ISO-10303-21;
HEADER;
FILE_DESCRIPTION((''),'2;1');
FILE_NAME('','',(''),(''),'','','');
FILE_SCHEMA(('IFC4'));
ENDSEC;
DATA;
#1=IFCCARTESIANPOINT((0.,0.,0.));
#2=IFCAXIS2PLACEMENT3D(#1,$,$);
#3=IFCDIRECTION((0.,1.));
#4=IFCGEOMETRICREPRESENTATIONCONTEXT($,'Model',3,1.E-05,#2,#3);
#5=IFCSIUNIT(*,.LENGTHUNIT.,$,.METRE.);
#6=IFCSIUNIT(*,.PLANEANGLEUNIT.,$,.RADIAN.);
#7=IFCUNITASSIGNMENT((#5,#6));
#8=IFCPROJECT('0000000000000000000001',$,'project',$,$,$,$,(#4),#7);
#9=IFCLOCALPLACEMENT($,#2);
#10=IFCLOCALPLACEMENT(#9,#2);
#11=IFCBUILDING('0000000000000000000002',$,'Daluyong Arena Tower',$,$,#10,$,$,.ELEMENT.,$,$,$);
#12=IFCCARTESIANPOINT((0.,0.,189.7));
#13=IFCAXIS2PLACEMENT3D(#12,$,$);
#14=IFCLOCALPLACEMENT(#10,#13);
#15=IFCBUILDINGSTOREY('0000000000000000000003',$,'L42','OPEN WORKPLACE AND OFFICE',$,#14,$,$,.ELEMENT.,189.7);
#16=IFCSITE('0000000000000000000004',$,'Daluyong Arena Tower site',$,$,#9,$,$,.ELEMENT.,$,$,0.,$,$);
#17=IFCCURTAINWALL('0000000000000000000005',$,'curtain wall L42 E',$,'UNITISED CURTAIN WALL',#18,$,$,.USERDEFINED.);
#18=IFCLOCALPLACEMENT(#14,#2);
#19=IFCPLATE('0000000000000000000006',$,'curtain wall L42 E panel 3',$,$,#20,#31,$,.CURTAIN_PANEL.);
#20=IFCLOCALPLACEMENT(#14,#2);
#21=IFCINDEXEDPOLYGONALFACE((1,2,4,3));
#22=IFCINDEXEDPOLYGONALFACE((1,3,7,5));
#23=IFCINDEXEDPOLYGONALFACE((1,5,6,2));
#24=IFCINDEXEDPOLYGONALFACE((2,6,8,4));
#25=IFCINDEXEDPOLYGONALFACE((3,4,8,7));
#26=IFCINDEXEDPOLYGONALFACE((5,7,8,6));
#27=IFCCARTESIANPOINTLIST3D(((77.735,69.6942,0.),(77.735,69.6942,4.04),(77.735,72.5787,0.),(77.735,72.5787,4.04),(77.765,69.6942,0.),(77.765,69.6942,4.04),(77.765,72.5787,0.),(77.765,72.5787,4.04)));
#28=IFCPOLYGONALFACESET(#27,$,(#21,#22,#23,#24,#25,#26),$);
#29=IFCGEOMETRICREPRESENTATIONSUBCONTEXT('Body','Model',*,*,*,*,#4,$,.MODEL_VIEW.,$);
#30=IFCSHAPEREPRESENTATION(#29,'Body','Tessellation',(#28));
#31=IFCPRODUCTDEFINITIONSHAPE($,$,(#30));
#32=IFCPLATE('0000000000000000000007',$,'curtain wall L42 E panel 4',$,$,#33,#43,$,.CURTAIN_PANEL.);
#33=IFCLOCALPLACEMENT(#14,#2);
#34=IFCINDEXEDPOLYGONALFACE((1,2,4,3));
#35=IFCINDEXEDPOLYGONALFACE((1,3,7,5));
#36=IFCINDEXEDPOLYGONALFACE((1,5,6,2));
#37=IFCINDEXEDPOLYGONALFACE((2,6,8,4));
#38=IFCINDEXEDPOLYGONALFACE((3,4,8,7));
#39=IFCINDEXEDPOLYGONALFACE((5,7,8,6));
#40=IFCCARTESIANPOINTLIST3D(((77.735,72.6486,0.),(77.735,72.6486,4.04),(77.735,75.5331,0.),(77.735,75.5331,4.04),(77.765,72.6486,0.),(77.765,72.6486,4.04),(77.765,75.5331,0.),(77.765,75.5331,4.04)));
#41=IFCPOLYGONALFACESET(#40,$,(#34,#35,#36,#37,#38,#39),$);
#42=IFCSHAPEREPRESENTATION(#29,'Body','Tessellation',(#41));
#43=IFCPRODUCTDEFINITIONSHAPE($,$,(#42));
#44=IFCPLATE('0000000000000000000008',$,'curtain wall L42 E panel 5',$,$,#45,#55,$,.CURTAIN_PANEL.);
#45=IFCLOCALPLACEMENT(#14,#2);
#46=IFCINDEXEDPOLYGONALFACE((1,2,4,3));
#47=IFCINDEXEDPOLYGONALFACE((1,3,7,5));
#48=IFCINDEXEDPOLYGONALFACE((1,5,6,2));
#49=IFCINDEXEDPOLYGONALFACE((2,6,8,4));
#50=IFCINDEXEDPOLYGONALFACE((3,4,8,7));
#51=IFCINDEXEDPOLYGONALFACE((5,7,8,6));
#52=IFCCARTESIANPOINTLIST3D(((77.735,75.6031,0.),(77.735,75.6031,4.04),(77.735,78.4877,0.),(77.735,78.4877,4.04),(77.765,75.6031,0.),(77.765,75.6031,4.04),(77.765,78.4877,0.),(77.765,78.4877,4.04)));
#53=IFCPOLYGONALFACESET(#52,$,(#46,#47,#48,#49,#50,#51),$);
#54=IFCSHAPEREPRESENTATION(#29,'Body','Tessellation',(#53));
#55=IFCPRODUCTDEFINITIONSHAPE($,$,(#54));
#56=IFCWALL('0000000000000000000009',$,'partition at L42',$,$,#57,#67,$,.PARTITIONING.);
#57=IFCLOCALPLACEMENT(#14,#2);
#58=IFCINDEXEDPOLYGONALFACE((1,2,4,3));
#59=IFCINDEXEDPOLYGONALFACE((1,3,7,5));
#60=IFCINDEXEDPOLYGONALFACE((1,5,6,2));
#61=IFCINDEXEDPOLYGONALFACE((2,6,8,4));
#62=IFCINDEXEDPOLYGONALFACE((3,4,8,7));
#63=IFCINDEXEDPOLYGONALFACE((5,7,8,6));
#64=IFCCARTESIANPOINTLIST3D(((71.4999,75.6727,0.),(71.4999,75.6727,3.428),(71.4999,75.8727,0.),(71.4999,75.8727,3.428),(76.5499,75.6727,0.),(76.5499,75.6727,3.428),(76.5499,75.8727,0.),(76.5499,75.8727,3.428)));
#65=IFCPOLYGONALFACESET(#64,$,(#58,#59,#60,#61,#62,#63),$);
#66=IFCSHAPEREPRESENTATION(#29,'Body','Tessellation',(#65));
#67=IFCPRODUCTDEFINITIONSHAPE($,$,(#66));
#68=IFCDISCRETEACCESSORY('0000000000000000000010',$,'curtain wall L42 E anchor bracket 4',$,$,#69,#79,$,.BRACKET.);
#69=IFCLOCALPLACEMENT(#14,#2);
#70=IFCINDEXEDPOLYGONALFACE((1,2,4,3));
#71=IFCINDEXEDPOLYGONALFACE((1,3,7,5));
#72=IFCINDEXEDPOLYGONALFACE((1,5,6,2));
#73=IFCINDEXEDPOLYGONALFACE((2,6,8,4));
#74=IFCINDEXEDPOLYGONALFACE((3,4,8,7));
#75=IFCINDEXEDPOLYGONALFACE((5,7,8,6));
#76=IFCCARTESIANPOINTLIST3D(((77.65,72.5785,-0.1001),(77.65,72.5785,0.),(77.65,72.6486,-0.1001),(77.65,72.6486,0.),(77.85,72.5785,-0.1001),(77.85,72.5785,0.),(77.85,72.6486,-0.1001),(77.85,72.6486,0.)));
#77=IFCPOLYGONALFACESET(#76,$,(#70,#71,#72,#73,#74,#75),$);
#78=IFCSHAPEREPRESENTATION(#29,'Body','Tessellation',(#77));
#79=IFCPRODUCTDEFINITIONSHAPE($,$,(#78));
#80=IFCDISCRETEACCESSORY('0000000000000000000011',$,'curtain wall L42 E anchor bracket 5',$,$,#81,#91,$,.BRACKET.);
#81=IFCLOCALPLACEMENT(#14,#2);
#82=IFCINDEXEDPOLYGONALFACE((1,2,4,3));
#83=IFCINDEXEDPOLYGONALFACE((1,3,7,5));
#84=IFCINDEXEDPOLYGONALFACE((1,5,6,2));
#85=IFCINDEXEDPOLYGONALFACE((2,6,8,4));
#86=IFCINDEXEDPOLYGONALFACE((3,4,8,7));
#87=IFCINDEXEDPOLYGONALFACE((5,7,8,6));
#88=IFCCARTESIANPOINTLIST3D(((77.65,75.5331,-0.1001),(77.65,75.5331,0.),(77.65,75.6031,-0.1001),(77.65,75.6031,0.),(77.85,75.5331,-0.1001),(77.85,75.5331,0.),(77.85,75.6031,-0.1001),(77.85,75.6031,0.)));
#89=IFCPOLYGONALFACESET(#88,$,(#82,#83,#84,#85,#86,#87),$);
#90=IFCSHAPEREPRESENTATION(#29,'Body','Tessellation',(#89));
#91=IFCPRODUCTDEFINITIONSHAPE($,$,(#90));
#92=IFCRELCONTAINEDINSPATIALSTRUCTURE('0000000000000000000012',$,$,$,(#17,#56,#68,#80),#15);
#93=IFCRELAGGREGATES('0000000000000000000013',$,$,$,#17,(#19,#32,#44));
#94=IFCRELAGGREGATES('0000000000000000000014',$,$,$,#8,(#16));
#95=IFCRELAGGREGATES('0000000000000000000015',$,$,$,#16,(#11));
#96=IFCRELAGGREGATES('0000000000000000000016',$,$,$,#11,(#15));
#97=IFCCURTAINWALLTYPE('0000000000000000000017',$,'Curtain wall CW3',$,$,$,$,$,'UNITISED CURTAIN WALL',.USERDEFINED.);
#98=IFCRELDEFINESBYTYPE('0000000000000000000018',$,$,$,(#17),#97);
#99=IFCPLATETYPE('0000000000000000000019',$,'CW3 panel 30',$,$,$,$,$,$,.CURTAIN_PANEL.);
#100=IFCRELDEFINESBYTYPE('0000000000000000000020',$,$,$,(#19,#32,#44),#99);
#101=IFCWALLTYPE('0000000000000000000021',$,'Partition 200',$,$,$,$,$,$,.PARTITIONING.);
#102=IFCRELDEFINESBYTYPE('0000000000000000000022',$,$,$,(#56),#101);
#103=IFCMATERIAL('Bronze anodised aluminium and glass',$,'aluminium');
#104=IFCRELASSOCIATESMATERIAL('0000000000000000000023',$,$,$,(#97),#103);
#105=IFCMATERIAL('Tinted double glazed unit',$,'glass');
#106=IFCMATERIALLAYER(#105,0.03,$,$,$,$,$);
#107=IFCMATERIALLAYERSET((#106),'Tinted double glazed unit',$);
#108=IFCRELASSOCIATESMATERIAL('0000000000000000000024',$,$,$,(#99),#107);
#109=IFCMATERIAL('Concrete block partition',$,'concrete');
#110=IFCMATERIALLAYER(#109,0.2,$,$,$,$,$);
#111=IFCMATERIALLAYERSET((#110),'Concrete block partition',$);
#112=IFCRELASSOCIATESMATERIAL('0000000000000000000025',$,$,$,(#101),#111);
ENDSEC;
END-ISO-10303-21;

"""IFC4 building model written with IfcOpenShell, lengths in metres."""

from ifc_helpers import new_model, si_unit, direction, frame, frame_2d, origin, origin_2d, place, context, subcontext, project, spatial, rectangle, extrude, material, layer, layer_set, type_object, element, aggregate, save


model = new_model("IFC4")

# Units and contexts
model_context = context("Model", 3, precision=1e-05, world=origin(), true_north=direction((0.0, 1.0)))
body_context = subcontext(model_context, "Body", "Model", "MODEL_VIEW")
ifc_project = project(units=[si_unit("LENGTHUNIT", "METRE"), si_unit("PLANEANGLEUNIT", "RADIAN")], contexts=[model_context])

# Site, building, storey
site_placement = place(None, origin())
site = spatial("IfcSite", under=ifc_project, at=site_placement, Name="Daluyong Arena Tower site", CompositionType="ELEMENT", RefElevation=0.0)
building_placement = place(site_placement, origin())
building = spatial("IfcBuilding", under=site, at=building_placement, Name="Daluyong Arena Tower", CompositionType="ELEMENT")
storey_placement = place(building_placement, frame((0.0, 0.0, 189.7)))
storey = spatial("IfcBuildingStorey", under=building, at=storey_placement, Name="L42", Description="OPEN WORKPLACE AND OFFICE", CompositionType="ELEMENT", Elevation=189.7)

# Curtain wall
ifc_material_1 = material(Name="Bronze anodised aluminium and glass", Category="aluminium")
curtain_wall_type = type_object("IfcCurtainWallType", Name="Curtain wall CW3", ElementType="UNITISED CURTAIN WALL", PredefinedType="USERDEFINED", material=ifc_material_1)
curtain_wall_placement = place(storey_placement, origin())
curtain_wall = element("IfcCurtainWall", 1, at=curtain_wall_placement, inside=storey, type_object=curtain_wall_type, Name="curtain wall L42 E", ObjectType="UNITISED CURTAIN WALL", PredefinedType="USERDEFINED")

# Plates
ifc_material_2 = material(Name="Tinted double glazed unit", Category="glass")
ifc_layer_1 = layer(ifc_material_2, 0.03)
ifc_layer_set_1 = layer_set([ifc_layer_1], Name="Tinted double glazed unit")
plate_type = type_object("IfcPlateType", Name="CW3 panel 30", PredefinedType="CURTAIN_PANEL", material=ifc_layer_set_1)
plate_1_placement = place(storey_placement, frame((77.75, 71.1365, 0.0), z_axis=(0.0, 0.0, 1.0), x_axis=(0.0, 1.0, 0.0)))
plate_1 = element("IfcPlate", 2, at=plate_1_placement, type_object=plate_type, Name="curtain wall L42 E panel 3", PredefinedType="CURTAIN_PANEL", context=body_context, shape_type="SweptSolid", body=[
    extrude(rectangle(XDim=2.8845, YDim=0.03, at=origin_2d()), origin(), (0.0, 0.0, 1.0), 4.04),
])
plate_2_placement = place(storey_placement, frame((77.75, 74.0908, 0.0), z_axis=(0.0, 0.0, 1.0), x_axis=(0.0, 1.0, 0.0)))
plate_2 = element("IfcPlate", 3, at=plate_2_placement, type_object=plate_type, Name="curtain wall L42 E panel 4", PredefinedType="CURTAIN_PANEL", context=body_context, shape_type="SweptSolid", body=[
    extrude(rectangle(XDim=2.8845, YDim=0.03, at=origin_2d()), origin(), (0.0, 0.0, 1.0), 4.04),
])
plate_3_placement = place(storey_placement, frame((77.75, 77.0454, 0.0), z_axis=(0.0, 0.0, 1.0), x_axis=(0.0, 1.0, 0.0)))
plate_3 = element("IfcPlate", 4, at=plate_3_placement, type_object=plate_type, Name="curtain wall L42 E panel 5", PredefinedType="CURTAIN_PANEL", context=body_context, shape_type="SweptSolid", body=[
    extrude(rectangle(XDim=2.8845, YDim=0.03, at=origin_2d()), origin(), (0.0, 0.0, 1.0), 4.04),
])
aggregate(curtain_wall, [plate_1, plate_2, plate_3])

# Wall
ifc_material_3 = material(Name="Concrete block partition", Category="concrete")
ifc_layer_2 = layer(ifc_material_3, 0.2)
ifc_layer_set_2 = layer_set([ifc_layer_2], Name="Concrete block partition")
wall_type = type_object("IfcWallType", Name="Partition 200", PredefinedType="PARTITIONING", material=ifc_layer_set_2)
wall_placement = place(storey_placement, frame((71.5, 75.7727, 0.0), z_axis=(0.0, 0.0, 1.0), x_axis=(1.0, 0.0, 0.0)))
element("IfcWall", 5, at=wall_placement, inside=storey, type_object=wall_type, Name="partition at L42", PredefinedType="PARTITIONING", context=body_context, shape_type="SweptSolid", body=[
    extrude(rectangle(XDim=5.05, YDim=0.2, at=frame_2d((2.5249, 0.0))), origin(), (0.0, 0.0, 1.0), 3.428),
])

# Discrete accessories
for number, where, z_axis, x_axis, name in (
    (6, (77.75, 72.6135, -0.1001), (0.0, 0.0, 1.0), (0.0, 1.0, 0.0), "curtain wall L42 E anchor bracket 4"),
    (7, (77.75, 75.5681, -0.1001), (0.0, 0.0, 1.0), (0.0, 1.0, 0.0), "curtain wall L42 E anchor bracket 5"),
):
    element("IfcDiscreteAccessory", number, at=place(storey_placement, frame(where, z_axis=z_axis, x_axis=x_axis)), inside=storey, Name=name, PredefinedType="BRACKET", context=body_context, shape_type="SweptSolid", body=[
        extrude(rectangle(XDim=0.0701, YDim=0.2, at=origin_2d()), origin(), (0.0, 0.0, 1.0), 0.1001),
    ])

save(model, "model.ifc")
